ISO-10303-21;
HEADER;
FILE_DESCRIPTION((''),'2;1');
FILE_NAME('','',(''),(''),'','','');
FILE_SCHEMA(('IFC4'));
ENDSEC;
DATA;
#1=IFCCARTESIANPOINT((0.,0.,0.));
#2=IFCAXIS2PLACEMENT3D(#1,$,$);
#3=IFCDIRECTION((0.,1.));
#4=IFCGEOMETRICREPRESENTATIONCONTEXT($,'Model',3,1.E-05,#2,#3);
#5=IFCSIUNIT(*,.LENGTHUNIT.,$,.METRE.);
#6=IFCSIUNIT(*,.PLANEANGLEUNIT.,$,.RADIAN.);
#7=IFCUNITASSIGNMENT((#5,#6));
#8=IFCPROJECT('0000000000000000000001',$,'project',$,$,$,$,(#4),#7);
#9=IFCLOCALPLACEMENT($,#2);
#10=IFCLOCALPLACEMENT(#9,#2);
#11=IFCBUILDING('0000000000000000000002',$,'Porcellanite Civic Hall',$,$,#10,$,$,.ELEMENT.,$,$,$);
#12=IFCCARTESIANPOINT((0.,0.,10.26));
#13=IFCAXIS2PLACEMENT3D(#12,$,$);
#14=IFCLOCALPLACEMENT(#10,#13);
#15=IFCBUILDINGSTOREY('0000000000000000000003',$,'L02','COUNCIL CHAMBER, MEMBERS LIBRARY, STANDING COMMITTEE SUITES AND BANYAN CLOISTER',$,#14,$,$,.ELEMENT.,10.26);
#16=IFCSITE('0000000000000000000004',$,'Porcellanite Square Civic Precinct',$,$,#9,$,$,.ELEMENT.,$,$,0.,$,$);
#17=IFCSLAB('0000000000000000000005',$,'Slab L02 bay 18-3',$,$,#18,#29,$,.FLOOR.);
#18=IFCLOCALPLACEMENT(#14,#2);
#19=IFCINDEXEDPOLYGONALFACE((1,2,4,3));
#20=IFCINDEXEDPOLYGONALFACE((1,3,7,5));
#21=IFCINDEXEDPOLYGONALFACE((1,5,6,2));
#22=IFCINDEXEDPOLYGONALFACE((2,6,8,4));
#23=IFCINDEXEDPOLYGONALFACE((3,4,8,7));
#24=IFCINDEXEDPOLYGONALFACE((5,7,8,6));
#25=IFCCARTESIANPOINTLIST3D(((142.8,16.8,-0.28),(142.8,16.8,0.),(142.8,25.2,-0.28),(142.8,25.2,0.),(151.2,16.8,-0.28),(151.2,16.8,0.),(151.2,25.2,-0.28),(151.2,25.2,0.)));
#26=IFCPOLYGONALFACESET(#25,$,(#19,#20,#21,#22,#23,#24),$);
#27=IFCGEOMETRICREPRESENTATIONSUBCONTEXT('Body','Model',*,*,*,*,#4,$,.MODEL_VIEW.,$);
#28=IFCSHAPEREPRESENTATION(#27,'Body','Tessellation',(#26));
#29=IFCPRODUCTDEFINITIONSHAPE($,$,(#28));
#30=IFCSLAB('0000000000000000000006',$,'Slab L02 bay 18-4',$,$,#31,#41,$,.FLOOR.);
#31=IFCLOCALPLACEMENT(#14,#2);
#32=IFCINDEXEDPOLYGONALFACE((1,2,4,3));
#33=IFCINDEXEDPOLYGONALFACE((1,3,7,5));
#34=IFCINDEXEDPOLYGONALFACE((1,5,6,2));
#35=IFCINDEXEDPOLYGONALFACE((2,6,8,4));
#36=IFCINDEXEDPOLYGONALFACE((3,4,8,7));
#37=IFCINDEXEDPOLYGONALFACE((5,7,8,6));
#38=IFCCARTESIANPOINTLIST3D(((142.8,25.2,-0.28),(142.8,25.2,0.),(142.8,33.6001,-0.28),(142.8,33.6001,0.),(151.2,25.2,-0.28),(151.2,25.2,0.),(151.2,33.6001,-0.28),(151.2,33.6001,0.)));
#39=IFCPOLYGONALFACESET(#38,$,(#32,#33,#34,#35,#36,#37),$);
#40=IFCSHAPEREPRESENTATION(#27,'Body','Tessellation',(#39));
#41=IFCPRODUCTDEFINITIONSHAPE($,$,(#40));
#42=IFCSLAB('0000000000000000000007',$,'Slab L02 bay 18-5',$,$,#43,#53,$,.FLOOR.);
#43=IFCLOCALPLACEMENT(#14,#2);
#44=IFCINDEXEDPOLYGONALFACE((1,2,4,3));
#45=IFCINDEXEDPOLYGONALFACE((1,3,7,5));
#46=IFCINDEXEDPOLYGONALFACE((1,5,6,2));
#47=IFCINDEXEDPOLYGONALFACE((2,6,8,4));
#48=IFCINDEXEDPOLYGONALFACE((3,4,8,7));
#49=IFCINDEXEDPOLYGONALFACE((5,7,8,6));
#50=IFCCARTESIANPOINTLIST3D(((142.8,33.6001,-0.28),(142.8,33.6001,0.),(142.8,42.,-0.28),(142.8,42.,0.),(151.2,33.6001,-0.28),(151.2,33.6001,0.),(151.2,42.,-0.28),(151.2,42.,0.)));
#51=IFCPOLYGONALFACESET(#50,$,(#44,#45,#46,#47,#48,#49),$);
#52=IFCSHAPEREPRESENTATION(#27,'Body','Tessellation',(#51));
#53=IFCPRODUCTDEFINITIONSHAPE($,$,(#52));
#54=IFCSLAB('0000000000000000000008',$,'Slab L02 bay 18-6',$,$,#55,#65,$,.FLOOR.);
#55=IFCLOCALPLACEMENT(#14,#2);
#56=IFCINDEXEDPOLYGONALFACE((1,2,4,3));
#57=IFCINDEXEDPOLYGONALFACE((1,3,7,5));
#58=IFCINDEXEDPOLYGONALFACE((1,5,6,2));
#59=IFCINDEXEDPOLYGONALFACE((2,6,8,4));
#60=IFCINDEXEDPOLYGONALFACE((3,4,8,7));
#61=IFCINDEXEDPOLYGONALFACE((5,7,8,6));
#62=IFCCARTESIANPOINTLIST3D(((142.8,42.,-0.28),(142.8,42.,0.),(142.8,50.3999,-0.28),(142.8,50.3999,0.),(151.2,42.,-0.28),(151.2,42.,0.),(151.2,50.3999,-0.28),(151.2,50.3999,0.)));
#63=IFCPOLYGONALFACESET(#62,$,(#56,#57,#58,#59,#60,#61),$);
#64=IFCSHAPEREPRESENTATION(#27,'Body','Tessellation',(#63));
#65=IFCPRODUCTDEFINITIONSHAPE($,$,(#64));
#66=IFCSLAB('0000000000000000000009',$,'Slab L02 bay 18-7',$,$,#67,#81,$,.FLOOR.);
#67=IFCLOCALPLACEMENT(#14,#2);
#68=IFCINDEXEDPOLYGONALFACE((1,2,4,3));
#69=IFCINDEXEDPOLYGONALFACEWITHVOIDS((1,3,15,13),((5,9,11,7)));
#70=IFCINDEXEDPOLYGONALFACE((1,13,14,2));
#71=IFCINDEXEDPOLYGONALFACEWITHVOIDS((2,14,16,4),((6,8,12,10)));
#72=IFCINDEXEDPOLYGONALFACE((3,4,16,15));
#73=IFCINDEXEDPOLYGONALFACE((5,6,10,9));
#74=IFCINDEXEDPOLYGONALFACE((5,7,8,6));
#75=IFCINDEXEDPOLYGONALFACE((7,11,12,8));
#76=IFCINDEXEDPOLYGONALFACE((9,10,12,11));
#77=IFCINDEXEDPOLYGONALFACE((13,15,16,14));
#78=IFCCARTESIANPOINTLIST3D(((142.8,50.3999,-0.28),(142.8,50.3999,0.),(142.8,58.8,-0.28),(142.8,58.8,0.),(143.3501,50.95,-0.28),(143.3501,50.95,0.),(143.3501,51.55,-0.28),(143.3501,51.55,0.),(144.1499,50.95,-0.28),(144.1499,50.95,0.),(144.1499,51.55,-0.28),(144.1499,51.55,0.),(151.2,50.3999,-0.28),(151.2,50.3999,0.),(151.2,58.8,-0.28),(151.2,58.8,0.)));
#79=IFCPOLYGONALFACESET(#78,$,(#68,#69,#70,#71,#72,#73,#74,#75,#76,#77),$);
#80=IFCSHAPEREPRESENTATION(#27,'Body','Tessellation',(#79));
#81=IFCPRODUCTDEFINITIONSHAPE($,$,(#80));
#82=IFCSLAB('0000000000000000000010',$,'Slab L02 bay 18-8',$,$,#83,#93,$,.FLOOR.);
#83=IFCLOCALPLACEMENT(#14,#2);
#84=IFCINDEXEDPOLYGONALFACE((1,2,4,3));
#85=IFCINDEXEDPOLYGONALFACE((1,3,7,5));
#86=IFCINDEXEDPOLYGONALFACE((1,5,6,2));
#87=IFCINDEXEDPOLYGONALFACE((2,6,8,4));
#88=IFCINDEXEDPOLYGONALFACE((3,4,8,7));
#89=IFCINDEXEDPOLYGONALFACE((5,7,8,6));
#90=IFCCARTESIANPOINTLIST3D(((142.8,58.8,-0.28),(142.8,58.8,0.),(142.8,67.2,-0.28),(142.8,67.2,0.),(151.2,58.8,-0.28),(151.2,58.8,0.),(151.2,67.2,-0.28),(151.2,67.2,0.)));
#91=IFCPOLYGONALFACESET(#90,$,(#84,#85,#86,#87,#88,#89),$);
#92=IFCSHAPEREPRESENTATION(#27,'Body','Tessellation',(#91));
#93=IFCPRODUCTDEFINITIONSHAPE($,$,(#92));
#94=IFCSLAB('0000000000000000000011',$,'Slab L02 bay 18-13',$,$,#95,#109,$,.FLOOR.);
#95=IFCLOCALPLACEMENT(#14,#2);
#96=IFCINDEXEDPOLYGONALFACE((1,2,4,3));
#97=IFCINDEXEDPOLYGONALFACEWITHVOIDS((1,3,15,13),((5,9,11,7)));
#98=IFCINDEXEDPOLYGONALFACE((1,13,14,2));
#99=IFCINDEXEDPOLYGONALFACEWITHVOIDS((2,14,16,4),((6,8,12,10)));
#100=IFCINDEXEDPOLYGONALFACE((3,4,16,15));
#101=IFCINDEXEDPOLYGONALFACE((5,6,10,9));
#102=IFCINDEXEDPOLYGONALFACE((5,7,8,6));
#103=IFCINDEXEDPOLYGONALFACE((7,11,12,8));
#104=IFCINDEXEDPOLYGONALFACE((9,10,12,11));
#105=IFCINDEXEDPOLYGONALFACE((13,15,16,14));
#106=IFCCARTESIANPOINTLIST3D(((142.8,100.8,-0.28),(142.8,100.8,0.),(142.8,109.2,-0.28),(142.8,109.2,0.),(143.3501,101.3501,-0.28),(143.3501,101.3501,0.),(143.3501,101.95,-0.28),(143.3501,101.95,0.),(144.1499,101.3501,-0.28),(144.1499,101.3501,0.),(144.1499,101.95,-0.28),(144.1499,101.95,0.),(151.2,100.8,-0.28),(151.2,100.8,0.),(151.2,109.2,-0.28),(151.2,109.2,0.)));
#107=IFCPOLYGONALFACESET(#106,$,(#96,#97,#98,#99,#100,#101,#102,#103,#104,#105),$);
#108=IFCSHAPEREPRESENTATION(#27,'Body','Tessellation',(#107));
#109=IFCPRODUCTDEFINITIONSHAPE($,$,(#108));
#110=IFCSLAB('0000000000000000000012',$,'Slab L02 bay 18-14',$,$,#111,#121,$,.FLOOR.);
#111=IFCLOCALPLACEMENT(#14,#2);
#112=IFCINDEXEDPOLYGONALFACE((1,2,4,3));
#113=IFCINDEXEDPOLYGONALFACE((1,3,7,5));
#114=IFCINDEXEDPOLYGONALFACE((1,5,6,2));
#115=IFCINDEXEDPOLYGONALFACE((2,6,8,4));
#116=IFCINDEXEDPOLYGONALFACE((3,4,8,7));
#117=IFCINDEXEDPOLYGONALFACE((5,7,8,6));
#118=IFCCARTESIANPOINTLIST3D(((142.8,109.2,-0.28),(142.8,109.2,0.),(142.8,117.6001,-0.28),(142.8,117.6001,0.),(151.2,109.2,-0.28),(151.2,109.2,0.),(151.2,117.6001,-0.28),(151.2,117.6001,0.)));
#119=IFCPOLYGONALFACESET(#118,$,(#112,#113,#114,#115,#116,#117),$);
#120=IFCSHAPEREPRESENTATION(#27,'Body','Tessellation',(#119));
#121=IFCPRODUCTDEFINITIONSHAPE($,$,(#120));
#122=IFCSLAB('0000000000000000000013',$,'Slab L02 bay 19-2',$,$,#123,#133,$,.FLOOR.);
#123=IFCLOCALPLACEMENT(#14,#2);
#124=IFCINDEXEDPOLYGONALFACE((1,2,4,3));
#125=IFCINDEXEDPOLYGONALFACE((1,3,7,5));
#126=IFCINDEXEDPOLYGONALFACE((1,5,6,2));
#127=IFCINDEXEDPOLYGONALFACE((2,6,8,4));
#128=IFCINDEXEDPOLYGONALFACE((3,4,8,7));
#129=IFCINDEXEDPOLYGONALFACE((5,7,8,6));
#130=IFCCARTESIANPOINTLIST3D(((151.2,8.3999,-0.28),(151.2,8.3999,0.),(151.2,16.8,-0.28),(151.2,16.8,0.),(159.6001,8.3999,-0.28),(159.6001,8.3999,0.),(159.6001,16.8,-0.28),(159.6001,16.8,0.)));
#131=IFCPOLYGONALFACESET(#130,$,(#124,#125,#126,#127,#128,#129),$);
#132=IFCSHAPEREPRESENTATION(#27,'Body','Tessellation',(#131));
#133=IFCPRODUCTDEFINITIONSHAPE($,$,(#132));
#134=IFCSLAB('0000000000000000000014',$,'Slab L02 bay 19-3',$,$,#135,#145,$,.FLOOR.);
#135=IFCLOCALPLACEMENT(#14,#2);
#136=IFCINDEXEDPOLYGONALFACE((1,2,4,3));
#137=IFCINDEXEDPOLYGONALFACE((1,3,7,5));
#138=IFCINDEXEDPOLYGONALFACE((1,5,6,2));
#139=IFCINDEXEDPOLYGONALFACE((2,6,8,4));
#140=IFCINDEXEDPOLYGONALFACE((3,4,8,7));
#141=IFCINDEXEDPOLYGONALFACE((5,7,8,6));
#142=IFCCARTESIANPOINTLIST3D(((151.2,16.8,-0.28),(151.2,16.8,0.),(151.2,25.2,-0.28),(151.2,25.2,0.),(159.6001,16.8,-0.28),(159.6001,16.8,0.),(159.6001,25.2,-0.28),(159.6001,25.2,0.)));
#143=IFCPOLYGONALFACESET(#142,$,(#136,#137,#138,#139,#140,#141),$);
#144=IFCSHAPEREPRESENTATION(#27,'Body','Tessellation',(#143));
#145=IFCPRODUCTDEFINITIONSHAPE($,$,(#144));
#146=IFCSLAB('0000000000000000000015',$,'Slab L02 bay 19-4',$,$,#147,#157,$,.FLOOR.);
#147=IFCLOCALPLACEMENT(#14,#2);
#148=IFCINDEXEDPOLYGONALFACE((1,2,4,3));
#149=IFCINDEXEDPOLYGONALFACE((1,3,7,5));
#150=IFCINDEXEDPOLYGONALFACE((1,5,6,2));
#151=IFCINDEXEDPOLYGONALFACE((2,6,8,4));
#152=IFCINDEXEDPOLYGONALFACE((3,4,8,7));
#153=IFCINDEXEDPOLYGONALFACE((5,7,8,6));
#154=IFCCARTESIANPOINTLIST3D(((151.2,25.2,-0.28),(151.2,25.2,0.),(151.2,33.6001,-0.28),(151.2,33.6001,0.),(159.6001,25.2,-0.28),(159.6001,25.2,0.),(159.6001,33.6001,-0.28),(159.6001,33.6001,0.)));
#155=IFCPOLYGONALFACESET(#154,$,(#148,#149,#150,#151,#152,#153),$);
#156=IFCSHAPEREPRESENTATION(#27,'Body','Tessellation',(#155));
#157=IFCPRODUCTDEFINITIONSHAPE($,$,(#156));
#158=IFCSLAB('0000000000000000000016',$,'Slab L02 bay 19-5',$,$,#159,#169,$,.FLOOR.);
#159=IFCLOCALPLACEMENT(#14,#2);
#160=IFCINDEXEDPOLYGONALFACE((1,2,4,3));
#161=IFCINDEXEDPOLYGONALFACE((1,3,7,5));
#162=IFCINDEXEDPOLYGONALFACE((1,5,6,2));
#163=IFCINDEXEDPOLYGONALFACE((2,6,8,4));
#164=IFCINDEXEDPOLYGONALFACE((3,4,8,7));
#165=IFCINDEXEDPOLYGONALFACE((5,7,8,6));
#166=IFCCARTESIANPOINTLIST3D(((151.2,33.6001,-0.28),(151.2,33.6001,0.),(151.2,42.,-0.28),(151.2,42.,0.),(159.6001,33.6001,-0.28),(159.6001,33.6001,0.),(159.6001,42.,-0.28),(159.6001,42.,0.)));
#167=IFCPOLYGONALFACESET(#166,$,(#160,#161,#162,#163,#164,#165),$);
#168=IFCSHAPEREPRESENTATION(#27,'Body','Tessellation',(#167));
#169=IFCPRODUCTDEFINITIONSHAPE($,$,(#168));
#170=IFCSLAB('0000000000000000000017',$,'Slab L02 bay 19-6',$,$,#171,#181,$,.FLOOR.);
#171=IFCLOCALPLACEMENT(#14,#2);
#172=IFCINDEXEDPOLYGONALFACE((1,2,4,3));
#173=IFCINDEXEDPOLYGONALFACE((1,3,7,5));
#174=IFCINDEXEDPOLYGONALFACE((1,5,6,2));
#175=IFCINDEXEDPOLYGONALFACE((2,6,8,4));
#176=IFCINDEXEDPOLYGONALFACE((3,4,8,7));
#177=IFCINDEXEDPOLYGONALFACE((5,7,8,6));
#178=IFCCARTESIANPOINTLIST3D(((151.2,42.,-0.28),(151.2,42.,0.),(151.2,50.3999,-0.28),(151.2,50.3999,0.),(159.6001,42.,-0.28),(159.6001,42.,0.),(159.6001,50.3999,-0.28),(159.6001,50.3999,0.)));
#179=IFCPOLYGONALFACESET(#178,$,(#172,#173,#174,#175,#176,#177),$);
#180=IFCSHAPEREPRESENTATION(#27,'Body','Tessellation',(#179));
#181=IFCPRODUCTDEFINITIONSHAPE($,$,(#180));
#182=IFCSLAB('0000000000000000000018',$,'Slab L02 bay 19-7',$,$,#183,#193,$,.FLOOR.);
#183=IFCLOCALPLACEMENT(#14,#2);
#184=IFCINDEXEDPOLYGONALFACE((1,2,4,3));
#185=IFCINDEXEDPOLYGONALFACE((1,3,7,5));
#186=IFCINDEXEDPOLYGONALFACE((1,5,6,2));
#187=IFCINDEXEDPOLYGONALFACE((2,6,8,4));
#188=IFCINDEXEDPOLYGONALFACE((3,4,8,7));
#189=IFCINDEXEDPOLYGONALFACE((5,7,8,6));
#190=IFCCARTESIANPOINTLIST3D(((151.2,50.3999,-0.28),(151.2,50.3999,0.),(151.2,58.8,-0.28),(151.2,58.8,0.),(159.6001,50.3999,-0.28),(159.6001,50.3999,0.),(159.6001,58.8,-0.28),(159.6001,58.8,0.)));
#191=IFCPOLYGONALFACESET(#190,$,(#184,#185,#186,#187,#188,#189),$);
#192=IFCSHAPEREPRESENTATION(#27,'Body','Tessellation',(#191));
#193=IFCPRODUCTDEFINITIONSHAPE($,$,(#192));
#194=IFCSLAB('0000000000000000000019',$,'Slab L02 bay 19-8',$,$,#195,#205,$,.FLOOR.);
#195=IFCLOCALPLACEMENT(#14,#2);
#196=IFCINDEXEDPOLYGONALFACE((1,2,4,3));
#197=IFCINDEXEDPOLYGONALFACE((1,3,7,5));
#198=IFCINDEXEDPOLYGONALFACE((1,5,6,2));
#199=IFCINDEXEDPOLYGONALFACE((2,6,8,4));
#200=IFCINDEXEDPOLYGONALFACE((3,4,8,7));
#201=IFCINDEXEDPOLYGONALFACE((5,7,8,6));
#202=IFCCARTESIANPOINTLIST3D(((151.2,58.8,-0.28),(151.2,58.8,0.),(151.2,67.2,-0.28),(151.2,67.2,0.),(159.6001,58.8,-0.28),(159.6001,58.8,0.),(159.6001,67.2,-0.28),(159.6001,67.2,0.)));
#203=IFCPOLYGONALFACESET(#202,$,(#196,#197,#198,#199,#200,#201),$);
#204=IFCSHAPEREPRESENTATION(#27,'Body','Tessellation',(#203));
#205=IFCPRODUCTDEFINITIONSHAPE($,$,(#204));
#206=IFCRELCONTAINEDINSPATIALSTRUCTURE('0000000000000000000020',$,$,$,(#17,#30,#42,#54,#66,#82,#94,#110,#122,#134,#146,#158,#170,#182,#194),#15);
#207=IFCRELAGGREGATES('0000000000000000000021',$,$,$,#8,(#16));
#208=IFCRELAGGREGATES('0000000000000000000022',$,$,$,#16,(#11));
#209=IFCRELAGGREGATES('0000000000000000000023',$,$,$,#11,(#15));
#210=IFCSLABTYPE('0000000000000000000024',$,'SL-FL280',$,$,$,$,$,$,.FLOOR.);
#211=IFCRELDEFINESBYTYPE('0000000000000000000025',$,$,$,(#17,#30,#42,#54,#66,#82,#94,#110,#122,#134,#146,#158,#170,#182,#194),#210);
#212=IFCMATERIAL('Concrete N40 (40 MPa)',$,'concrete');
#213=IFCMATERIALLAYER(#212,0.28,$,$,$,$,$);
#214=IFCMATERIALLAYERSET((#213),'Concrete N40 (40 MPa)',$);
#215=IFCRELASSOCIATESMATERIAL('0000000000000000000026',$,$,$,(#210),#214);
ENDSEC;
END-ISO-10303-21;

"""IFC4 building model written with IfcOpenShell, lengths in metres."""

from ifc_helpers import new_model, si_unit, direction, frame, origin, place, context, subcontext, project, spatial, polyline, outline, extrude, material, layer, layer_set, type_object, element, save


model = new_model("IFC4")

# Units and contexts
model_context = context("Model", 3, precision=1e-05, world=origin(), true_north=direction((0.0, 1.0)))
body_context = subcontext(model_context, "Body", "Model", "MODEL_VIEW")
ifc_project = project(units=[si_unit("LENGTHUNIT", "METRE"), si_unit("PLANEANGLEUNIT", "RADIAN")], contexts=[model_context])

# Site, building, storey
site_placement = place(None, origin())
site = spatial("IfcSite", under=ifc_project, at=site_placement, Name="Porcellanite Square Civic Precinct", CompositionType="ELEMENT", RefElevation=0.0)
building_placement = place(site_placement, origin())
building = spatial("IfcBuilding", under=site, at=building_placement, Name="Porcellanite Civic Hall", CompositionType="ELEMENT")
storey_placement = place(building_placement, frame((0.0, 0.0, 10.26)))
storey = spatial("IfcBuildingStorey", under=building, at=storey_placement, Name="L02", Description="COUNCIL CHAMBER, MEMBERS LIBRARY, STANDING COMMITTEE SUITES AND BANYAN CLOISTER", CompositionType="ELEMENT", Elevation=10.26)

# Slabs
ifc_material_1 = material(Name="Concrete N40 (40 MPa)", Category="concrete")
ifc_layer_1 = layer(ifc_material_1, 0.28)
ifc_layer_set_1 = layer_set([ifc_layer_1], Name="Concrete N40 (40 MPa)")
slab_type = type_object("IfcSlabType", Name="SL-FL280", PredefinedType="FLOOR", material=ifc_layer_set_1)
slab_1_placement = place(storey_placement, frame((0.0, 0.0, -0.28)))
element("IfcSlab", 1, at=slab_1_placement, inside=storey, type_object=slab_type, Name="Slab L02 bay 18-3", PredefinedType="FLOOR", context=body_context, shape_type="SweptSolid", body=[
    extrude(outline(polyline([(142.8, 16.8), (151.2, 16.8), (151.2, 25.2), (142.8, 25.2), (142.8, 16.8)])), origin(), (0.0, 0.0, 1.0), 0.28),
])
slab_2_placement = place(storey_placement, frame((0.0, 0.0, -0.28)))
element("IfcSlab", 2, at=slab_2_placement, inside=storey, type_object=slab_type, Name="Slab L02 bay 18-4", PredefinedType="FLOOR", context=body_context, shape_type="SweptSolid", body=[
    extrude(outline(polyline([(142.8, 25.2), (151.2, 25.2), (151.2, 33.6001), (142.8, 33.6001), (142.8, 25.2)])), origin(), (0.0, 0.0, 1.0), 0.28),
])
slab_3_placement = place(storey_placement, frame((0.0, 0.0, -0.28)))
element("IfcSlab", 3, at=slab_3_placement, inside=storey, type_object=slab_type, Name="Slab L02 bay 18-5", PredefinedType="FLOOR", context=body_context, shape_type="SweptSolid", body=[
    extrude(outline(polyline([(142.8, 33.6001), (151.2, 33.6001), (151.2, 42.0), (142.8, 42.0), (142.8, 33.6001)])), origin(), (0.0, 0.0, 1.0), 0.28),
])
slab_4_placement = place(storey_placement, frame((0.0, 0.0, -0.28)))
element("IfcSlab", 4, at=slab_4_placement, inside=storey, type_object=slab_type, Name="Slab L02 bay 18-6", PredefinedType="FLOOR", context=body_context, shape_type="SweptSolid", body=[
    extrude(outline(polyline([(142.8, 42.0), (151.2, 42.0), (151.2, 50.3999), (142.8, 50.3999), (142.8, 42.0)])), origin(), (0.0, 0.0, 1.0), 0.28),
])
slab_5_placement = place(storey_placement, frame((0.0, 0.0, -0.28)))
element("IfcSlab", 5, at=slab_5_placement, inside=storey, type_object=slab_type, Name="Slab L02 bay 18-7", PredefinedType="FLOOR", context=body_context, shape_type="SweptSolid", body=[
    extrude(outline(polyline([(142.8, 50.3999), (151.2, 50.3999), (151.2, 58.8), (142.8, 58.8), (142.8, 50.3999)]), holes=[polyline([(143.3501, 50.95), (144.1499, 50.95), (144.1499, 51.55), (143.3501, 51.55), (143.3501, 50.95)])]), origin(), (0.0, 0.0, 1.0), 0.28),
])
slab_6_placement = place(storey_placement, frame((0.0, 0.0, -0.28)))
element("IfcSlab", 6, at=slab_6_placement, inside=storey, type_object=slab_type, Name="Slab L02 bay 18-8", PredefinedType="FLOOR", context=body_context, shape_type="SweptSolid", body=[
    extrude(outline(polyline([(142.8, 58.8), (151.2, 58.8), (151.2, 67.2), (142.8, 67.2), (142.8, 58.8)])), origin(), (0.0, 0.0, 1.0), 0.28),
])
slab_7_placement = place(storey_placement, frame((0.0, 0.0, -0.28)))
element("IfcSlab", 7, at=slab_7_placement, inside=storey, type_object=slab_type, Name="Slab L02 bay 18-13", PredefinedType="FLOOR", context=body_context, shape_type="SweptSolid", body=[
    extrude(outline(polyline([(142.8, 100.8), (151.2, 100.8), (151.2, 109.2), (142.8, 109.2), (142.8, 100.8)]), holes=[polyline([(143.3501, 101.3501), (144.1499, 101.3501), (144.1499, 101.95), (143.3501, 101.95), (143.3501, 101.3501)])]), origin(), (0.0, 0.0, 1.0), 0.28),
])
slab_8_placement = place(storey_placement, frame((0.0, 0.0, -0.28)))
element("IfcSlab", 8, at=slab_8_placement, inside=storey, type_object=slab_type, Name="Slab L02 bay 18-14", PredefinedType="FLOOR", context=body_context, shape_type="SweptSolid", body=[
    extrude(outline(polyline([(142.8, 109.2), (151.2, 109.2), (151.2, 117.6001), (142.8, 117.6001), (142.8, 109.2)])), origin(), (0.0, 0.0, 1.0), 0.28),
])
slab_9_placement = place(storey_placement, frame((0.0, 0.0, -0.28)))
element("IfcSlab", 9, at=slab_9_placement, inside=storey, type_object=slab_type, Name="Slab L02 bay 19-2", PredefinedType="FLOOR", context=body_context, shape_type="SweptSolid", body=[
    extrude(outline(polyline([(151.2, 8.3999), (159.6001, 8.3999), (159.6001, 16.8), (151.2, 16.8), (151.2, 8.3999)])), origin(), (0.0, 0.0, 1.0), 0.28),
])
slab_10_placement = place(storey_placement, frame((0.0, 0.0, -0.28)))
element("IfcSlab", 10, at=slab_10_placement, inside=storey, type_object=slab_type, Name="Slab L02 bay 19-3", PredefinedType="FLOOR", context=body_context, shape_type="SweptSolid", body=[
    extrude(outline(polyline([(151.2, 16.8), (159.6001, 16.8), (159.6001, 25.2), (151.2, 25.2), (151.2, 16.8)])), origin(), (0.0, 0.0, 1.0), 0.28),
])
slab_11_placement = place(storey_placement, frame((0.0, 0.0, -0.28)))
element("IfcSlab", 11, at=slab_11_placement, inside=storey, type_object=slab_type, Name="Slab L02 bay 19-4", PredefinedType="FLOOR", context=body_context, shape_type="SweptSolid", body=[
    extrude(outline(polyline([(151.2, 25.2), (159.6001, 25.2), (159.6001, 33.6001), (151.2, 33.6001), (151.2, 25.2)])), origin(), (0.0, 0.0, 1.0), 0.28),
])
slab_12_placement = place(storey_placement, frame((0.0, 0.0, -0.28)))
element("IfcSlab", 12, at=slab_12_placement, inside=storey, type_object=slab_type, Name="Slab L02 bay 19-5", PredefinedType="FLOOR", context=body_context, shape_type="SweptSolid", body=[
    extrude(outline(polyline([(151.2, 33.6001), (159.6001, 33.6001), (159.6001, 42.0), (151.2, 42.0), (151.2, 33.6001)])), origin(), (0.0, 0.0, 1.0), 0.28),
])
slab_13_placement = place(storey_placement, frame((0.0, 0.0, -0.28)))
element("IfcSlab", 13, at=slab_13_placement, inside=storey, type_object=slab_type, Name="Slab L02 bay 19-6", PredefinedType="FLOOR", context=body_context, shape_type="SweptSolid", body=[
    extrude(outline(polyline([(151.2, 42.0), (159.6001, 42.0), (159.6001, 50.3999), (151.2, 50.3999), (151.2, 42.0)])), origin(), (0.0, 0.0, 1.0), 0.28),
])
slab_14_placement = place(storey_placement, frame((0.0, 0.0, -0.28)))
element("IfcSlab", 14, at=slab_14_placement, inside=storey, type_object=slab_type, Name="Slab L02 bay 19-7", PredefinedType="FLOOR", context=body_context, shape_type="SweptSolid", body=[
    extrude(outline(polyline([(151.2, 50.3999), (159.6001, 50.3999), (159.6001, 58.8), (151.2, 58.8), (151.2, 50.3999)])), origin(), (0.0, 0.0, 1.0), 0.28),
])
slab_15_placement = place(storey_placement, frame((0.0, 0.0, -0.28)))
element("IfcSlab", 15, at=slab_15_placement, inside=storey, type_object=slab_type, Name="Slab L02 bay 19-8", PredefinedType="FLOOR", context=body_context, shape_type="SweptSolid", body=[
    extrude(outline(polyline([(151.2, 58.8), (159.6001, 58.8), (159.6001, 67.2), (151.2, 67.2), (151.2, 58.8)])), origin(), (0.0, 0.0, 1.0), 0.28),
])

save(model, "model.ifc")
